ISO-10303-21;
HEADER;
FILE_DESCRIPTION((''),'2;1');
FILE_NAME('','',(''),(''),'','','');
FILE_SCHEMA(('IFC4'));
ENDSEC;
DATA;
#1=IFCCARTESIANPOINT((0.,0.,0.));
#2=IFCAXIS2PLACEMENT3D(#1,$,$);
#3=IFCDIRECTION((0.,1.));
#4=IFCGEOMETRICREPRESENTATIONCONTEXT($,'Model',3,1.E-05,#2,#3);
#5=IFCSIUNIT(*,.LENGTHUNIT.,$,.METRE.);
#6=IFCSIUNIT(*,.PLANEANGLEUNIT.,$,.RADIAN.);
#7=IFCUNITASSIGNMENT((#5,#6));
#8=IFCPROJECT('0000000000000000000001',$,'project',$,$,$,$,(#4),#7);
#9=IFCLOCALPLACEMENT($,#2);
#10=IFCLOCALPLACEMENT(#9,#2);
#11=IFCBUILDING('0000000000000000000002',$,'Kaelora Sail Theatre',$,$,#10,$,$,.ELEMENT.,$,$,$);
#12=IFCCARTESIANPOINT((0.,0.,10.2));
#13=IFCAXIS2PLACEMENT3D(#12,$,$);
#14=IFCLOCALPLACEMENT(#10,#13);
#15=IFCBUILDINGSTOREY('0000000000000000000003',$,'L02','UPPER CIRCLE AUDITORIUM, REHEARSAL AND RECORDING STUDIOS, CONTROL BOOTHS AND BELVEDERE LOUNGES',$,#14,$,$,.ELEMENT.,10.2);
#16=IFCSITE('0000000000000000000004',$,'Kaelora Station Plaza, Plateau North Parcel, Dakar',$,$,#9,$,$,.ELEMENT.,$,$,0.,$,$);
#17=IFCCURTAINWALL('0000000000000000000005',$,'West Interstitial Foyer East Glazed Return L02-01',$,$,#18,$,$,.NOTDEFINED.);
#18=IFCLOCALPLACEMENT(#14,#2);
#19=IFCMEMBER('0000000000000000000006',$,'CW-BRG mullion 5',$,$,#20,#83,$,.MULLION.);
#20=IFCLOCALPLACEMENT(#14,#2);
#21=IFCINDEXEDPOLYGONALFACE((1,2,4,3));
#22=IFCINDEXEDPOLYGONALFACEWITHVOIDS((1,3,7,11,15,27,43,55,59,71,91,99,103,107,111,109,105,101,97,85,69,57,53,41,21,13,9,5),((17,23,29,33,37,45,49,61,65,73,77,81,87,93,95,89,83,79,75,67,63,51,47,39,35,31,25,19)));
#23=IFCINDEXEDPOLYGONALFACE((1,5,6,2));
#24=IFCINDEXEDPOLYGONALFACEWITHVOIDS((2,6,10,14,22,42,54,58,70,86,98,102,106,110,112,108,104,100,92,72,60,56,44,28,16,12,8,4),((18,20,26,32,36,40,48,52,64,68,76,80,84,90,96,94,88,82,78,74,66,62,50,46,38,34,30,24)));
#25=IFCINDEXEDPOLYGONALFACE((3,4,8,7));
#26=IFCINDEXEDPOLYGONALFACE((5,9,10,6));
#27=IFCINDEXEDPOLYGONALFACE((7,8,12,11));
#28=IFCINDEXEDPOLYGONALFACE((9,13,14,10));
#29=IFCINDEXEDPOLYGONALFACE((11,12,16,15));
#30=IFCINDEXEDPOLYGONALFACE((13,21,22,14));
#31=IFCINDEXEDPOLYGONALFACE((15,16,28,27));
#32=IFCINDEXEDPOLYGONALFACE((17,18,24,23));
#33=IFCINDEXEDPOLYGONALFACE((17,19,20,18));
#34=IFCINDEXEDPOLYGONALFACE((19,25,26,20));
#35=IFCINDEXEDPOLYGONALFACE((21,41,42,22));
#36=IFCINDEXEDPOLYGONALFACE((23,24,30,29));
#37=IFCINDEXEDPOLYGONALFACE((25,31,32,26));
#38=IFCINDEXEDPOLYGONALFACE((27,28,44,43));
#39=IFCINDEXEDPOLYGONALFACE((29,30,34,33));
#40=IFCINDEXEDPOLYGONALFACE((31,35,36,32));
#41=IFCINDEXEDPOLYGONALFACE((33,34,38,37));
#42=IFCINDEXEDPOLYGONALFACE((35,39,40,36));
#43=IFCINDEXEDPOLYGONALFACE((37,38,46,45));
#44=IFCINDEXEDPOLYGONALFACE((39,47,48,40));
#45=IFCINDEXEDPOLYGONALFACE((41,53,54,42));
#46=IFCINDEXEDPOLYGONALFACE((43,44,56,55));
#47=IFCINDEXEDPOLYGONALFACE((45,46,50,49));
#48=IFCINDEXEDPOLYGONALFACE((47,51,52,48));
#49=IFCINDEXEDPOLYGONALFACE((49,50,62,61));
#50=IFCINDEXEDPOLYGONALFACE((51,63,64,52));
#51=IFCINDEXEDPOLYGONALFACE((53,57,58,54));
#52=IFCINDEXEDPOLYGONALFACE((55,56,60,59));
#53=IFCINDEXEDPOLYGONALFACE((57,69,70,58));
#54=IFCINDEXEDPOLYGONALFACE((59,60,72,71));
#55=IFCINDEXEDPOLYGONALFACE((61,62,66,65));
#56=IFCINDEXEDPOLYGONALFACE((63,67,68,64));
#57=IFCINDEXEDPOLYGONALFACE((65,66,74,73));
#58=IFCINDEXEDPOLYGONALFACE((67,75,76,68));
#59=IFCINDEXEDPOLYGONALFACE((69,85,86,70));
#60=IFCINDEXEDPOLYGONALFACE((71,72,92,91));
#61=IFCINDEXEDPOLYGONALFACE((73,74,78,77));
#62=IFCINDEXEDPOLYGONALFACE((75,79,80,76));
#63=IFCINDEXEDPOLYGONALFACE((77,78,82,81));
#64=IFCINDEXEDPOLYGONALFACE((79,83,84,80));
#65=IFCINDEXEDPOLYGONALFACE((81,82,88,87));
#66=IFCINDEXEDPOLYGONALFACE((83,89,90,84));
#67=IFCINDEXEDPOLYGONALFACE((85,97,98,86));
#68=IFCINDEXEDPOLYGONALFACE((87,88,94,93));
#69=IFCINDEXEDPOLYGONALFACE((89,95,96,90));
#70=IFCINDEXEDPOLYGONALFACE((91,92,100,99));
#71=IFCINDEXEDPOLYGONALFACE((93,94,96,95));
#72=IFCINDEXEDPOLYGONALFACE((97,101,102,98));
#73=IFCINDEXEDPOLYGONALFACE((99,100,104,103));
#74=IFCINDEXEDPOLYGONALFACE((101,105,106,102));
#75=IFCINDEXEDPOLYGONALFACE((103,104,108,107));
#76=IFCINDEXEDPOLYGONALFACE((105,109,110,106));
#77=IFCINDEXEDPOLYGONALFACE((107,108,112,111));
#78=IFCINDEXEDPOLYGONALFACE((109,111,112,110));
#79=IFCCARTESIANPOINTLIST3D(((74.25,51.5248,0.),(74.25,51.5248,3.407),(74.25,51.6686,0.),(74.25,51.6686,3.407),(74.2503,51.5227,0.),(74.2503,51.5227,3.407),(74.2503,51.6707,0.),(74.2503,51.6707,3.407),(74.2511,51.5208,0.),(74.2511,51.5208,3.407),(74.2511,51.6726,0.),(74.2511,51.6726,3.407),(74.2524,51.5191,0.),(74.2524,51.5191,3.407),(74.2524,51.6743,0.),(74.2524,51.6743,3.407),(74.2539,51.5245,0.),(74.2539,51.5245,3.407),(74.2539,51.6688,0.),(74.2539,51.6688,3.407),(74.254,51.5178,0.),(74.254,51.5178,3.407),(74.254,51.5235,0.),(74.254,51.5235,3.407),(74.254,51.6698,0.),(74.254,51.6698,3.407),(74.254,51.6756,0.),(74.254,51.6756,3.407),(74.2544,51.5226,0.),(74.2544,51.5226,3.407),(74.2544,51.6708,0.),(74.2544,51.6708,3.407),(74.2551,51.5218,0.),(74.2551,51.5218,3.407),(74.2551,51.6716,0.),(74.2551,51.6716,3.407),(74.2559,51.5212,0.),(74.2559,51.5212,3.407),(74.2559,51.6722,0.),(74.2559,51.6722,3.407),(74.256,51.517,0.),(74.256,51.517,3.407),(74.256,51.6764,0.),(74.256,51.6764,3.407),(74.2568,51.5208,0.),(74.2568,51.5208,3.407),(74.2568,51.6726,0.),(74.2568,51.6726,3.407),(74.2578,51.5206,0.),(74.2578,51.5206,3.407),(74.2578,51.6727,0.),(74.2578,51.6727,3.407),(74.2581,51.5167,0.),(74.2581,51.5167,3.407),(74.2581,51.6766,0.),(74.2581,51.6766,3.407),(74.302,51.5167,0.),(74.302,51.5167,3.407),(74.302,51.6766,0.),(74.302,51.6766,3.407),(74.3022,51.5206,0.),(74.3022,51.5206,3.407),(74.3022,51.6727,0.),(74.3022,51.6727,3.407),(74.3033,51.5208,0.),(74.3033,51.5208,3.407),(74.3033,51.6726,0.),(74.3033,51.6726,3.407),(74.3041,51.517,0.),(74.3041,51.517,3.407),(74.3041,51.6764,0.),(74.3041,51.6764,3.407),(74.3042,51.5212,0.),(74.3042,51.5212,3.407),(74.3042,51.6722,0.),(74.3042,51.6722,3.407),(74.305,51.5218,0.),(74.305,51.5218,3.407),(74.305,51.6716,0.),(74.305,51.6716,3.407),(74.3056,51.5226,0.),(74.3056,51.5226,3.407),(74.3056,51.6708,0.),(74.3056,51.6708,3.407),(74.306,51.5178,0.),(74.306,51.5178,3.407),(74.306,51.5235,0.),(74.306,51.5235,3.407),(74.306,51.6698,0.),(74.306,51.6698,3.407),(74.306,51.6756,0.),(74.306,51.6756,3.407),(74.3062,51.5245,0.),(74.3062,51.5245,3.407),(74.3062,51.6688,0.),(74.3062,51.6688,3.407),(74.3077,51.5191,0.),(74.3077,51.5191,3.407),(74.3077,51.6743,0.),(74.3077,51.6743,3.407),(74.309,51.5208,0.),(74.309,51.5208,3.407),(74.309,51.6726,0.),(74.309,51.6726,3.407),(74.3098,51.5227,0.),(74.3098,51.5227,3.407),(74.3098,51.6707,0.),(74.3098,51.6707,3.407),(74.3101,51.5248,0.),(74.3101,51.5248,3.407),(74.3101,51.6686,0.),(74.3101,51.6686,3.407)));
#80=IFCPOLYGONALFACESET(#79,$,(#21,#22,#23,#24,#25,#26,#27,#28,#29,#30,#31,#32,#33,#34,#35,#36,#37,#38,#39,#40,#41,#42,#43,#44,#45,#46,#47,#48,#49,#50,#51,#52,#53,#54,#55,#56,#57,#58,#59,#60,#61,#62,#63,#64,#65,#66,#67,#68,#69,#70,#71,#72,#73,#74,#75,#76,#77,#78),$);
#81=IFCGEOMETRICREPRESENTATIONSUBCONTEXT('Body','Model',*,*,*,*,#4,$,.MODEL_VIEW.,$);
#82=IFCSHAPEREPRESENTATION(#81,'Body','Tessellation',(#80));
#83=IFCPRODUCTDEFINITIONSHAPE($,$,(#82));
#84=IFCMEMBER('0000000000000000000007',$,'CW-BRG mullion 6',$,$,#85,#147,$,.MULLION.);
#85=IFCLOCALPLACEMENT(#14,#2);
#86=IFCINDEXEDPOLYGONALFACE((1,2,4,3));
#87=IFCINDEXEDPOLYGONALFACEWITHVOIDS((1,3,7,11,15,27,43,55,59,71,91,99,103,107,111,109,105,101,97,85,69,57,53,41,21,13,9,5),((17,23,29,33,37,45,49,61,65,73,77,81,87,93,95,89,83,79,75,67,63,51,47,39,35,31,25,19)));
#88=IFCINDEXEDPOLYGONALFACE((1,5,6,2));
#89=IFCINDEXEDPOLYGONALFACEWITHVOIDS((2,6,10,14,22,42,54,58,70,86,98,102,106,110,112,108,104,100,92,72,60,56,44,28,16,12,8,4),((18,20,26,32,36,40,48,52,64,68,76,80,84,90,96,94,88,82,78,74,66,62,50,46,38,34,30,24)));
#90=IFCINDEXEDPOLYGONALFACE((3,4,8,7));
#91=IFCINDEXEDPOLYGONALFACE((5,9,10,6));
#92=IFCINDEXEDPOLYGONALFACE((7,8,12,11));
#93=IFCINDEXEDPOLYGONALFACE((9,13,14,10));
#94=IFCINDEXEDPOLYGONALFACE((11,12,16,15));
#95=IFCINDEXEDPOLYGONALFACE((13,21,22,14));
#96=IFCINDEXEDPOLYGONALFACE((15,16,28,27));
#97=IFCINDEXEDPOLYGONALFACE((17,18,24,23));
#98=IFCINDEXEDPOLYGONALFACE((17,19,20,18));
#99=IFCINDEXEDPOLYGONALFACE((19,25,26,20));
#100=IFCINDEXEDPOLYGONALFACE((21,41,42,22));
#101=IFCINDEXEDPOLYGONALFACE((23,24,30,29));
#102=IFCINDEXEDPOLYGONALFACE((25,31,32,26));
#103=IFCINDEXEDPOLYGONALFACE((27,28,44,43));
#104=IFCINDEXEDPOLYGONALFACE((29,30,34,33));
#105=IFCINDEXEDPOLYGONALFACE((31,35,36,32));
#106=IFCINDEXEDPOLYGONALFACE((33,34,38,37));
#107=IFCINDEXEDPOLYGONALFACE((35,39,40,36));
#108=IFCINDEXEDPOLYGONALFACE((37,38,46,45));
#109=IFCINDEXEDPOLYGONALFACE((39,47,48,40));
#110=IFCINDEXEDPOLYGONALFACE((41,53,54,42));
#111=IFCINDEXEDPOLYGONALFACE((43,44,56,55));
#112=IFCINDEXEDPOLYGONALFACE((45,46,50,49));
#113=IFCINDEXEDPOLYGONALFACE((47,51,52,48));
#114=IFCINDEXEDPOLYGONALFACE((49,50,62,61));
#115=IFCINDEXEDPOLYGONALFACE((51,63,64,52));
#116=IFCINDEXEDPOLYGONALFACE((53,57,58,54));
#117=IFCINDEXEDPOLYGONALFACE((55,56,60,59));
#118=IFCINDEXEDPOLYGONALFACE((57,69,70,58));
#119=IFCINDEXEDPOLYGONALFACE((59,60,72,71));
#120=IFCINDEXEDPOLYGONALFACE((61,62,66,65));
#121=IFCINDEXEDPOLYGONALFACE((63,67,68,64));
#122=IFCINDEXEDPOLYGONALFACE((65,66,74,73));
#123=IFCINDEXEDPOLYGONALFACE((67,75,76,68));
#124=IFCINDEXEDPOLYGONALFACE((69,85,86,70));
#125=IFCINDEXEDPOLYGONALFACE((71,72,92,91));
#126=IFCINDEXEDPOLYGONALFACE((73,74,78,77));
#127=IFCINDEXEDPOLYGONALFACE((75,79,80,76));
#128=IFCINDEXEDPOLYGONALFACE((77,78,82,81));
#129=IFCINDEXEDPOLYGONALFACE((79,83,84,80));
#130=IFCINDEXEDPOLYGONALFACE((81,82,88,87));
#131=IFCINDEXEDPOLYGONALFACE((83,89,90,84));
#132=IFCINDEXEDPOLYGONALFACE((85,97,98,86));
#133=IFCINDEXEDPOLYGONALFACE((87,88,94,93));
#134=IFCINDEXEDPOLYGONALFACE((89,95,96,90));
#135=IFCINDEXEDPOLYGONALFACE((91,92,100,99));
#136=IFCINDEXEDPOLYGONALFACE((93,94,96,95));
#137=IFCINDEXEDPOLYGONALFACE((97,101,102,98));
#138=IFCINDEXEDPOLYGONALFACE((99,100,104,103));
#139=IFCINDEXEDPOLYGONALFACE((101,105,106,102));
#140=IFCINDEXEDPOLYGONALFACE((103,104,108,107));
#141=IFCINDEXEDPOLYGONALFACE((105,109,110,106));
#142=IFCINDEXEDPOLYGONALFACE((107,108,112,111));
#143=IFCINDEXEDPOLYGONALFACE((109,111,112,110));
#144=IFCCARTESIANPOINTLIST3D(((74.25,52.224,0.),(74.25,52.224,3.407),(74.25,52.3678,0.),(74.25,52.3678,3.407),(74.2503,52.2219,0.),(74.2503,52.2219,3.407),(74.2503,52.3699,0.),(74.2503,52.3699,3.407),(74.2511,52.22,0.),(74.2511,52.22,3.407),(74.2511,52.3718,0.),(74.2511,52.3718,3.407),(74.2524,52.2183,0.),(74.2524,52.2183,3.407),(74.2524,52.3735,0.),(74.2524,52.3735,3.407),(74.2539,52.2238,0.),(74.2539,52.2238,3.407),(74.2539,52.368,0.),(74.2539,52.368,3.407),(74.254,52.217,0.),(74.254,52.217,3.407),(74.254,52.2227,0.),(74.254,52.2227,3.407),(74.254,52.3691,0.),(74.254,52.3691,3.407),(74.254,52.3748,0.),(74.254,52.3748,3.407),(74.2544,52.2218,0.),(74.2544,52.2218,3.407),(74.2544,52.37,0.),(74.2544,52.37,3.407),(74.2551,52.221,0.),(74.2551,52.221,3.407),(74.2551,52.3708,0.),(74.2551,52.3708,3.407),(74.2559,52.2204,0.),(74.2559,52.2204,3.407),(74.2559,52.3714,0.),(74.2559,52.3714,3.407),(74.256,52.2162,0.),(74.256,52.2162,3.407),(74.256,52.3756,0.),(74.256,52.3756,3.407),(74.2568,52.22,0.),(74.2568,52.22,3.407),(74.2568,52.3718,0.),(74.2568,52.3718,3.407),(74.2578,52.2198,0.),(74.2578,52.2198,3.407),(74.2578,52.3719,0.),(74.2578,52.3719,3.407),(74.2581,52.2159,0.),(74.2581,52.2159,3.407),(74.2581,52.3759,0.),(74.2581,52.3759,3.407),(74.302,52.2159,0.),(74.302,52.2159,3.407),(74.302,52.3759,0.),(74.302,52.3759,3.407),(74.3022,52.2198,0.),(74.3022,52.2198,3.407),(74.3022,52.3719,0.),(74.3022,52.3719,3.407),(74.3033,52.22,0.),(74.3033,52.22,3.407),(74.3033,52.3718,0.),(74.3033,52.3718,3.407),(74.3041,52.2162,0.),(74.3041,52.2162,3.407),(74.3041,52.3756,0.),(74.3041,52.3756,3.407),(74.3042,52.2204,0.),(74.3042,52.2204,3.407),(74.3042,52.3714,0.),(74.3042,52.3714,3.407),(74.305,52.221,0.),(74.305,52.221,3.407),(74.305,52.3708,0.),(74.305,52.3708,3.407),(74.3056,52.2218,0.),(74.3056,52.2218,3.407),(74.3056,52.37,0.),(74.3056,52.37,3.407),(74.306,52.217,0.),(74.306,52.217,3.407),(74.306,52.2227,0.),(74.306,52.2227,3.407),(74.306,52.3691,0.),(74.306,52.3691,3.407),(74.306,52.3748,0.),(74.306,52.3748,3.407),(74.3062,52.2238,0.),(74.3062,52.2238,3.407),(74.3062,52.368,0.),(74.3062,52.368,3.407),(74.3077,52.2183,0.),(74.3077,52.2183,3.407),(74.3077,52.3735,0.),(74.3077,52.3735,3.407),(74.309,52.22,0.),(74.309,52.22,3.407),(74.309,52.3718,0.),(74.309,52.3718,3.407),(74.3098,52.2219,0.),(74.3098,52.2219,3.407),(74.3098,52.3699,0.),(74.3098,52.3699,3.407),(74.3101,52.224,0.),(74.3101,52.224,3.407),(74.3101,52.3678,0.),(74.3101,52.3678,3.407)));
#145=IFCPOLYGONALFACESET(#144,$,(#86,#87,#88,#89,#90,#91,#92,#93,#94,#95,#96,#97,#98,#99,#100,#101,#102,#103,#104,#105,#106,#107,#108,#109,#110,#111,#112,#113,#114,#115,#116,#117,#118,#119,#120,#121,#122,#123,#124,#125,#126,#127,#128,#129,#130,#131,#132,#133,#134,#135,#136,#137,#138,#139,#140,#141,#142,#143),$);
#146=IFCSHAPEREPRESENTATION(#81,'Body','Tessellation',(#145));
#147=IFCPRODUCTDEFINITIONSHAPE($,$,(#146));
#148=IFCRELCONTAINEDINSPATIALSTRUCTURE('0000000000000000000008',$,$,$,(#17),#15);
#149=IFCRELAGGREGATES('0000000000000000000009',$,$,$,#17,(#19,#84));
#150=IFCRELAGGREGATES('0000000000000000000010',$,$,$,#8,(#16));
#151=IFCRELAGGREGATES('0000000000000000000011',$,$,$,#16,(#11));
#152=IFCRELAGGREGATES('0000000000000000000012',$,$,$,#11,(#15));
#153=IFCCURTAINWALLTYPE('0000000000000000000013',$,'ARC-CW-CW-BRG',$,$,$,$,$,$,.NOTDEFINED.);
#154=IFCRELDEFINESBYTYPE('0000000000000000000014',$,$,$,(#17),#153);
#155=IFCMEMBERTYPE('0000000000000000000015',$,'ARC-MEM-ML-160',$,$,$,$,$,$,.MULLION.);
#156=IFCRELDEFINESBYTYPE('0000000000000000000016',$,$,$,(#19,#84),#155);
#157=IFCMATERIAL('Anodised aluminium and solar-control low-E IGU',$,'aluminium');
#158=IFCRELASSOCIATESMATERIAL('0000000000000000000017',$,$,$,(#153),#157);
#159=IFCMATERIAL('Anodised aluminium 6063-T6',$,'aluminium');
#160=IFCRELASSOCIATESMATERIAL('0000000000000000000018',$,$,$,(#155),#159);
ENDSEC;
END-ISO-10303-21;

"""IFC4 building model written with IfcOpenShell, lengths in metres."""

from ifc_helpers import new_model, si_unit, direction, frame, origin, origin_2d, place, context, subcontext, project, spatial, hollow_rectangle, extrude, material, material_profile, profile_set, type_object, element, aggregate, save


model = new_model("IFC4")

# Units and contexts
model_context = context("Model", 3, precision=1e-05, world=origin(), true_north=direction((0.0, 1.0)))
body_context = subcontext(model_context, "Body", "Model", "MODEL_VIEW")
ifc_project = project(units=[si_unit("LENGTHUNIT", "METRE"), si_unit("PLANEANGLEUNIT", "RADIAN")], contexts=[model_context])

# Site, building, storey
site_placement = place(None, origin())
site = spatial("IfcSite", under=ifc_project, at=site_placement, Name="Kaelora Station Plaza, Plateau North Parcel, Dakar", CompositionType="ELEMENT", RefElevation=0.0)
building_placement = place(site_placement, origin())
building = spatial("IfcBuilding", under=site, at=building_placement, Name="Kaelora Sail Theatre", CompositionType="ELEMENT")
storey_placement = place(building_placement, frame((0.0, 0.0, 10.2)))
storey = spatial("IfcBuildingStorey", under=building, at=storey_placement, Name="L02", Description="UPPER CIRCLE AUDITORIUM, REHEARSAL AND RECORDING STUDIOS, CONTROL BOOTHS AND BELVEDERE LOUNGES", CompositionType="ELEMENT", Elevation=10.2)

# Curtain wall, members
ifc_material_1 = material(Name="Anodised aluminium and solar-control low-E IGU", Category="aluminium")
curtain_wall_type = type_object("IfcCurtainWallType", Name="ARC-CW-CW-BRG", PredefinedType="NOTDEFINED", material=ifc_material_1)
curtain_wall_1_placement = place(storey_placement, origin())
curtain_wall_1 = element("IfcCurtainWall", 1, at=curtain_wall_1_placement, inside=storey, type_object=curtain_wall_type, Name="West Interstitial Foyer East Glazed Return L02-01", PredefinedType="NOTDEFINED")
ifc_material_2 = material(Name="Anodised aluminium 6063-T6", Category="aluminium")
ifc_material_profile_1 = material_profile(ifc_material_2, hollow_rectangle(XDim=0.0601, YDim=0.1599, WallThickness=0.0039, InnerFilletRadius=0.0039, OuterFilletRadius=0.0081, at=origin_2d()), Name="ALU-MULL 60x160x4")
ifc_profile_set_1 = profile_set([ifc_material_profile_1], Name="Anodised aluminium 6063-T6")
member_type_1 = type_object("IfcMemberType", Name="ARC-MEM-ML-160", PredefinedType="MULLION", material=ifc_profile_set_1)
member_1_placement = place(storey_placement, frame((74.28, 51.5967, 0.0), z_axis=(0.0, 0.0, 1.0), x_axis=(-1.0, 0.0, 0.0)))
member_1 = element("IfcMember", 2, at=member_1_placement, type_object=member_type_1, Name="CW-BRG mullion 5", PredefinedType="MULLION", context=body_context, shape_type="SweptSolid", body=[
    extrude(hollow_rectangle(XDim=0.0601, YDim=0.1599, WallThickness=0.0039, InnerFilletRadius=0.0039, OuterFilletRadius=0.0081, at=origin_2d()), origin(), (0.0, 0.0, 1.0), 3.407),
])
member_2_placement = place(storey_placement, frame((74.28, 52.2959, 0.0), z_axis=(0.0, 0.0, 1.0), x_axis=(-1.0, 0.0, 0.0)))
member_2 = element("IfcMember", 3, at=member_2_placement, type_object=member_type_1, Name="CW-BRG mullion 6", PredefinedType="MULLION", context=body_context, shape_type="SweptSolid", body=[
    extrude(hollow_rectangle(XDim=0.0601, YDim=0.1599, WallThickness=0.0039, InnerFilletRadius=0.0039, OuterFilletRadius=0.0081, at=origin_2d()), origin(), (0.0, 0.0, 1.0), 3.407),
])

aggregate(curtain_wall_1, [member_1, member_2])

save(model, "model.ifc")
